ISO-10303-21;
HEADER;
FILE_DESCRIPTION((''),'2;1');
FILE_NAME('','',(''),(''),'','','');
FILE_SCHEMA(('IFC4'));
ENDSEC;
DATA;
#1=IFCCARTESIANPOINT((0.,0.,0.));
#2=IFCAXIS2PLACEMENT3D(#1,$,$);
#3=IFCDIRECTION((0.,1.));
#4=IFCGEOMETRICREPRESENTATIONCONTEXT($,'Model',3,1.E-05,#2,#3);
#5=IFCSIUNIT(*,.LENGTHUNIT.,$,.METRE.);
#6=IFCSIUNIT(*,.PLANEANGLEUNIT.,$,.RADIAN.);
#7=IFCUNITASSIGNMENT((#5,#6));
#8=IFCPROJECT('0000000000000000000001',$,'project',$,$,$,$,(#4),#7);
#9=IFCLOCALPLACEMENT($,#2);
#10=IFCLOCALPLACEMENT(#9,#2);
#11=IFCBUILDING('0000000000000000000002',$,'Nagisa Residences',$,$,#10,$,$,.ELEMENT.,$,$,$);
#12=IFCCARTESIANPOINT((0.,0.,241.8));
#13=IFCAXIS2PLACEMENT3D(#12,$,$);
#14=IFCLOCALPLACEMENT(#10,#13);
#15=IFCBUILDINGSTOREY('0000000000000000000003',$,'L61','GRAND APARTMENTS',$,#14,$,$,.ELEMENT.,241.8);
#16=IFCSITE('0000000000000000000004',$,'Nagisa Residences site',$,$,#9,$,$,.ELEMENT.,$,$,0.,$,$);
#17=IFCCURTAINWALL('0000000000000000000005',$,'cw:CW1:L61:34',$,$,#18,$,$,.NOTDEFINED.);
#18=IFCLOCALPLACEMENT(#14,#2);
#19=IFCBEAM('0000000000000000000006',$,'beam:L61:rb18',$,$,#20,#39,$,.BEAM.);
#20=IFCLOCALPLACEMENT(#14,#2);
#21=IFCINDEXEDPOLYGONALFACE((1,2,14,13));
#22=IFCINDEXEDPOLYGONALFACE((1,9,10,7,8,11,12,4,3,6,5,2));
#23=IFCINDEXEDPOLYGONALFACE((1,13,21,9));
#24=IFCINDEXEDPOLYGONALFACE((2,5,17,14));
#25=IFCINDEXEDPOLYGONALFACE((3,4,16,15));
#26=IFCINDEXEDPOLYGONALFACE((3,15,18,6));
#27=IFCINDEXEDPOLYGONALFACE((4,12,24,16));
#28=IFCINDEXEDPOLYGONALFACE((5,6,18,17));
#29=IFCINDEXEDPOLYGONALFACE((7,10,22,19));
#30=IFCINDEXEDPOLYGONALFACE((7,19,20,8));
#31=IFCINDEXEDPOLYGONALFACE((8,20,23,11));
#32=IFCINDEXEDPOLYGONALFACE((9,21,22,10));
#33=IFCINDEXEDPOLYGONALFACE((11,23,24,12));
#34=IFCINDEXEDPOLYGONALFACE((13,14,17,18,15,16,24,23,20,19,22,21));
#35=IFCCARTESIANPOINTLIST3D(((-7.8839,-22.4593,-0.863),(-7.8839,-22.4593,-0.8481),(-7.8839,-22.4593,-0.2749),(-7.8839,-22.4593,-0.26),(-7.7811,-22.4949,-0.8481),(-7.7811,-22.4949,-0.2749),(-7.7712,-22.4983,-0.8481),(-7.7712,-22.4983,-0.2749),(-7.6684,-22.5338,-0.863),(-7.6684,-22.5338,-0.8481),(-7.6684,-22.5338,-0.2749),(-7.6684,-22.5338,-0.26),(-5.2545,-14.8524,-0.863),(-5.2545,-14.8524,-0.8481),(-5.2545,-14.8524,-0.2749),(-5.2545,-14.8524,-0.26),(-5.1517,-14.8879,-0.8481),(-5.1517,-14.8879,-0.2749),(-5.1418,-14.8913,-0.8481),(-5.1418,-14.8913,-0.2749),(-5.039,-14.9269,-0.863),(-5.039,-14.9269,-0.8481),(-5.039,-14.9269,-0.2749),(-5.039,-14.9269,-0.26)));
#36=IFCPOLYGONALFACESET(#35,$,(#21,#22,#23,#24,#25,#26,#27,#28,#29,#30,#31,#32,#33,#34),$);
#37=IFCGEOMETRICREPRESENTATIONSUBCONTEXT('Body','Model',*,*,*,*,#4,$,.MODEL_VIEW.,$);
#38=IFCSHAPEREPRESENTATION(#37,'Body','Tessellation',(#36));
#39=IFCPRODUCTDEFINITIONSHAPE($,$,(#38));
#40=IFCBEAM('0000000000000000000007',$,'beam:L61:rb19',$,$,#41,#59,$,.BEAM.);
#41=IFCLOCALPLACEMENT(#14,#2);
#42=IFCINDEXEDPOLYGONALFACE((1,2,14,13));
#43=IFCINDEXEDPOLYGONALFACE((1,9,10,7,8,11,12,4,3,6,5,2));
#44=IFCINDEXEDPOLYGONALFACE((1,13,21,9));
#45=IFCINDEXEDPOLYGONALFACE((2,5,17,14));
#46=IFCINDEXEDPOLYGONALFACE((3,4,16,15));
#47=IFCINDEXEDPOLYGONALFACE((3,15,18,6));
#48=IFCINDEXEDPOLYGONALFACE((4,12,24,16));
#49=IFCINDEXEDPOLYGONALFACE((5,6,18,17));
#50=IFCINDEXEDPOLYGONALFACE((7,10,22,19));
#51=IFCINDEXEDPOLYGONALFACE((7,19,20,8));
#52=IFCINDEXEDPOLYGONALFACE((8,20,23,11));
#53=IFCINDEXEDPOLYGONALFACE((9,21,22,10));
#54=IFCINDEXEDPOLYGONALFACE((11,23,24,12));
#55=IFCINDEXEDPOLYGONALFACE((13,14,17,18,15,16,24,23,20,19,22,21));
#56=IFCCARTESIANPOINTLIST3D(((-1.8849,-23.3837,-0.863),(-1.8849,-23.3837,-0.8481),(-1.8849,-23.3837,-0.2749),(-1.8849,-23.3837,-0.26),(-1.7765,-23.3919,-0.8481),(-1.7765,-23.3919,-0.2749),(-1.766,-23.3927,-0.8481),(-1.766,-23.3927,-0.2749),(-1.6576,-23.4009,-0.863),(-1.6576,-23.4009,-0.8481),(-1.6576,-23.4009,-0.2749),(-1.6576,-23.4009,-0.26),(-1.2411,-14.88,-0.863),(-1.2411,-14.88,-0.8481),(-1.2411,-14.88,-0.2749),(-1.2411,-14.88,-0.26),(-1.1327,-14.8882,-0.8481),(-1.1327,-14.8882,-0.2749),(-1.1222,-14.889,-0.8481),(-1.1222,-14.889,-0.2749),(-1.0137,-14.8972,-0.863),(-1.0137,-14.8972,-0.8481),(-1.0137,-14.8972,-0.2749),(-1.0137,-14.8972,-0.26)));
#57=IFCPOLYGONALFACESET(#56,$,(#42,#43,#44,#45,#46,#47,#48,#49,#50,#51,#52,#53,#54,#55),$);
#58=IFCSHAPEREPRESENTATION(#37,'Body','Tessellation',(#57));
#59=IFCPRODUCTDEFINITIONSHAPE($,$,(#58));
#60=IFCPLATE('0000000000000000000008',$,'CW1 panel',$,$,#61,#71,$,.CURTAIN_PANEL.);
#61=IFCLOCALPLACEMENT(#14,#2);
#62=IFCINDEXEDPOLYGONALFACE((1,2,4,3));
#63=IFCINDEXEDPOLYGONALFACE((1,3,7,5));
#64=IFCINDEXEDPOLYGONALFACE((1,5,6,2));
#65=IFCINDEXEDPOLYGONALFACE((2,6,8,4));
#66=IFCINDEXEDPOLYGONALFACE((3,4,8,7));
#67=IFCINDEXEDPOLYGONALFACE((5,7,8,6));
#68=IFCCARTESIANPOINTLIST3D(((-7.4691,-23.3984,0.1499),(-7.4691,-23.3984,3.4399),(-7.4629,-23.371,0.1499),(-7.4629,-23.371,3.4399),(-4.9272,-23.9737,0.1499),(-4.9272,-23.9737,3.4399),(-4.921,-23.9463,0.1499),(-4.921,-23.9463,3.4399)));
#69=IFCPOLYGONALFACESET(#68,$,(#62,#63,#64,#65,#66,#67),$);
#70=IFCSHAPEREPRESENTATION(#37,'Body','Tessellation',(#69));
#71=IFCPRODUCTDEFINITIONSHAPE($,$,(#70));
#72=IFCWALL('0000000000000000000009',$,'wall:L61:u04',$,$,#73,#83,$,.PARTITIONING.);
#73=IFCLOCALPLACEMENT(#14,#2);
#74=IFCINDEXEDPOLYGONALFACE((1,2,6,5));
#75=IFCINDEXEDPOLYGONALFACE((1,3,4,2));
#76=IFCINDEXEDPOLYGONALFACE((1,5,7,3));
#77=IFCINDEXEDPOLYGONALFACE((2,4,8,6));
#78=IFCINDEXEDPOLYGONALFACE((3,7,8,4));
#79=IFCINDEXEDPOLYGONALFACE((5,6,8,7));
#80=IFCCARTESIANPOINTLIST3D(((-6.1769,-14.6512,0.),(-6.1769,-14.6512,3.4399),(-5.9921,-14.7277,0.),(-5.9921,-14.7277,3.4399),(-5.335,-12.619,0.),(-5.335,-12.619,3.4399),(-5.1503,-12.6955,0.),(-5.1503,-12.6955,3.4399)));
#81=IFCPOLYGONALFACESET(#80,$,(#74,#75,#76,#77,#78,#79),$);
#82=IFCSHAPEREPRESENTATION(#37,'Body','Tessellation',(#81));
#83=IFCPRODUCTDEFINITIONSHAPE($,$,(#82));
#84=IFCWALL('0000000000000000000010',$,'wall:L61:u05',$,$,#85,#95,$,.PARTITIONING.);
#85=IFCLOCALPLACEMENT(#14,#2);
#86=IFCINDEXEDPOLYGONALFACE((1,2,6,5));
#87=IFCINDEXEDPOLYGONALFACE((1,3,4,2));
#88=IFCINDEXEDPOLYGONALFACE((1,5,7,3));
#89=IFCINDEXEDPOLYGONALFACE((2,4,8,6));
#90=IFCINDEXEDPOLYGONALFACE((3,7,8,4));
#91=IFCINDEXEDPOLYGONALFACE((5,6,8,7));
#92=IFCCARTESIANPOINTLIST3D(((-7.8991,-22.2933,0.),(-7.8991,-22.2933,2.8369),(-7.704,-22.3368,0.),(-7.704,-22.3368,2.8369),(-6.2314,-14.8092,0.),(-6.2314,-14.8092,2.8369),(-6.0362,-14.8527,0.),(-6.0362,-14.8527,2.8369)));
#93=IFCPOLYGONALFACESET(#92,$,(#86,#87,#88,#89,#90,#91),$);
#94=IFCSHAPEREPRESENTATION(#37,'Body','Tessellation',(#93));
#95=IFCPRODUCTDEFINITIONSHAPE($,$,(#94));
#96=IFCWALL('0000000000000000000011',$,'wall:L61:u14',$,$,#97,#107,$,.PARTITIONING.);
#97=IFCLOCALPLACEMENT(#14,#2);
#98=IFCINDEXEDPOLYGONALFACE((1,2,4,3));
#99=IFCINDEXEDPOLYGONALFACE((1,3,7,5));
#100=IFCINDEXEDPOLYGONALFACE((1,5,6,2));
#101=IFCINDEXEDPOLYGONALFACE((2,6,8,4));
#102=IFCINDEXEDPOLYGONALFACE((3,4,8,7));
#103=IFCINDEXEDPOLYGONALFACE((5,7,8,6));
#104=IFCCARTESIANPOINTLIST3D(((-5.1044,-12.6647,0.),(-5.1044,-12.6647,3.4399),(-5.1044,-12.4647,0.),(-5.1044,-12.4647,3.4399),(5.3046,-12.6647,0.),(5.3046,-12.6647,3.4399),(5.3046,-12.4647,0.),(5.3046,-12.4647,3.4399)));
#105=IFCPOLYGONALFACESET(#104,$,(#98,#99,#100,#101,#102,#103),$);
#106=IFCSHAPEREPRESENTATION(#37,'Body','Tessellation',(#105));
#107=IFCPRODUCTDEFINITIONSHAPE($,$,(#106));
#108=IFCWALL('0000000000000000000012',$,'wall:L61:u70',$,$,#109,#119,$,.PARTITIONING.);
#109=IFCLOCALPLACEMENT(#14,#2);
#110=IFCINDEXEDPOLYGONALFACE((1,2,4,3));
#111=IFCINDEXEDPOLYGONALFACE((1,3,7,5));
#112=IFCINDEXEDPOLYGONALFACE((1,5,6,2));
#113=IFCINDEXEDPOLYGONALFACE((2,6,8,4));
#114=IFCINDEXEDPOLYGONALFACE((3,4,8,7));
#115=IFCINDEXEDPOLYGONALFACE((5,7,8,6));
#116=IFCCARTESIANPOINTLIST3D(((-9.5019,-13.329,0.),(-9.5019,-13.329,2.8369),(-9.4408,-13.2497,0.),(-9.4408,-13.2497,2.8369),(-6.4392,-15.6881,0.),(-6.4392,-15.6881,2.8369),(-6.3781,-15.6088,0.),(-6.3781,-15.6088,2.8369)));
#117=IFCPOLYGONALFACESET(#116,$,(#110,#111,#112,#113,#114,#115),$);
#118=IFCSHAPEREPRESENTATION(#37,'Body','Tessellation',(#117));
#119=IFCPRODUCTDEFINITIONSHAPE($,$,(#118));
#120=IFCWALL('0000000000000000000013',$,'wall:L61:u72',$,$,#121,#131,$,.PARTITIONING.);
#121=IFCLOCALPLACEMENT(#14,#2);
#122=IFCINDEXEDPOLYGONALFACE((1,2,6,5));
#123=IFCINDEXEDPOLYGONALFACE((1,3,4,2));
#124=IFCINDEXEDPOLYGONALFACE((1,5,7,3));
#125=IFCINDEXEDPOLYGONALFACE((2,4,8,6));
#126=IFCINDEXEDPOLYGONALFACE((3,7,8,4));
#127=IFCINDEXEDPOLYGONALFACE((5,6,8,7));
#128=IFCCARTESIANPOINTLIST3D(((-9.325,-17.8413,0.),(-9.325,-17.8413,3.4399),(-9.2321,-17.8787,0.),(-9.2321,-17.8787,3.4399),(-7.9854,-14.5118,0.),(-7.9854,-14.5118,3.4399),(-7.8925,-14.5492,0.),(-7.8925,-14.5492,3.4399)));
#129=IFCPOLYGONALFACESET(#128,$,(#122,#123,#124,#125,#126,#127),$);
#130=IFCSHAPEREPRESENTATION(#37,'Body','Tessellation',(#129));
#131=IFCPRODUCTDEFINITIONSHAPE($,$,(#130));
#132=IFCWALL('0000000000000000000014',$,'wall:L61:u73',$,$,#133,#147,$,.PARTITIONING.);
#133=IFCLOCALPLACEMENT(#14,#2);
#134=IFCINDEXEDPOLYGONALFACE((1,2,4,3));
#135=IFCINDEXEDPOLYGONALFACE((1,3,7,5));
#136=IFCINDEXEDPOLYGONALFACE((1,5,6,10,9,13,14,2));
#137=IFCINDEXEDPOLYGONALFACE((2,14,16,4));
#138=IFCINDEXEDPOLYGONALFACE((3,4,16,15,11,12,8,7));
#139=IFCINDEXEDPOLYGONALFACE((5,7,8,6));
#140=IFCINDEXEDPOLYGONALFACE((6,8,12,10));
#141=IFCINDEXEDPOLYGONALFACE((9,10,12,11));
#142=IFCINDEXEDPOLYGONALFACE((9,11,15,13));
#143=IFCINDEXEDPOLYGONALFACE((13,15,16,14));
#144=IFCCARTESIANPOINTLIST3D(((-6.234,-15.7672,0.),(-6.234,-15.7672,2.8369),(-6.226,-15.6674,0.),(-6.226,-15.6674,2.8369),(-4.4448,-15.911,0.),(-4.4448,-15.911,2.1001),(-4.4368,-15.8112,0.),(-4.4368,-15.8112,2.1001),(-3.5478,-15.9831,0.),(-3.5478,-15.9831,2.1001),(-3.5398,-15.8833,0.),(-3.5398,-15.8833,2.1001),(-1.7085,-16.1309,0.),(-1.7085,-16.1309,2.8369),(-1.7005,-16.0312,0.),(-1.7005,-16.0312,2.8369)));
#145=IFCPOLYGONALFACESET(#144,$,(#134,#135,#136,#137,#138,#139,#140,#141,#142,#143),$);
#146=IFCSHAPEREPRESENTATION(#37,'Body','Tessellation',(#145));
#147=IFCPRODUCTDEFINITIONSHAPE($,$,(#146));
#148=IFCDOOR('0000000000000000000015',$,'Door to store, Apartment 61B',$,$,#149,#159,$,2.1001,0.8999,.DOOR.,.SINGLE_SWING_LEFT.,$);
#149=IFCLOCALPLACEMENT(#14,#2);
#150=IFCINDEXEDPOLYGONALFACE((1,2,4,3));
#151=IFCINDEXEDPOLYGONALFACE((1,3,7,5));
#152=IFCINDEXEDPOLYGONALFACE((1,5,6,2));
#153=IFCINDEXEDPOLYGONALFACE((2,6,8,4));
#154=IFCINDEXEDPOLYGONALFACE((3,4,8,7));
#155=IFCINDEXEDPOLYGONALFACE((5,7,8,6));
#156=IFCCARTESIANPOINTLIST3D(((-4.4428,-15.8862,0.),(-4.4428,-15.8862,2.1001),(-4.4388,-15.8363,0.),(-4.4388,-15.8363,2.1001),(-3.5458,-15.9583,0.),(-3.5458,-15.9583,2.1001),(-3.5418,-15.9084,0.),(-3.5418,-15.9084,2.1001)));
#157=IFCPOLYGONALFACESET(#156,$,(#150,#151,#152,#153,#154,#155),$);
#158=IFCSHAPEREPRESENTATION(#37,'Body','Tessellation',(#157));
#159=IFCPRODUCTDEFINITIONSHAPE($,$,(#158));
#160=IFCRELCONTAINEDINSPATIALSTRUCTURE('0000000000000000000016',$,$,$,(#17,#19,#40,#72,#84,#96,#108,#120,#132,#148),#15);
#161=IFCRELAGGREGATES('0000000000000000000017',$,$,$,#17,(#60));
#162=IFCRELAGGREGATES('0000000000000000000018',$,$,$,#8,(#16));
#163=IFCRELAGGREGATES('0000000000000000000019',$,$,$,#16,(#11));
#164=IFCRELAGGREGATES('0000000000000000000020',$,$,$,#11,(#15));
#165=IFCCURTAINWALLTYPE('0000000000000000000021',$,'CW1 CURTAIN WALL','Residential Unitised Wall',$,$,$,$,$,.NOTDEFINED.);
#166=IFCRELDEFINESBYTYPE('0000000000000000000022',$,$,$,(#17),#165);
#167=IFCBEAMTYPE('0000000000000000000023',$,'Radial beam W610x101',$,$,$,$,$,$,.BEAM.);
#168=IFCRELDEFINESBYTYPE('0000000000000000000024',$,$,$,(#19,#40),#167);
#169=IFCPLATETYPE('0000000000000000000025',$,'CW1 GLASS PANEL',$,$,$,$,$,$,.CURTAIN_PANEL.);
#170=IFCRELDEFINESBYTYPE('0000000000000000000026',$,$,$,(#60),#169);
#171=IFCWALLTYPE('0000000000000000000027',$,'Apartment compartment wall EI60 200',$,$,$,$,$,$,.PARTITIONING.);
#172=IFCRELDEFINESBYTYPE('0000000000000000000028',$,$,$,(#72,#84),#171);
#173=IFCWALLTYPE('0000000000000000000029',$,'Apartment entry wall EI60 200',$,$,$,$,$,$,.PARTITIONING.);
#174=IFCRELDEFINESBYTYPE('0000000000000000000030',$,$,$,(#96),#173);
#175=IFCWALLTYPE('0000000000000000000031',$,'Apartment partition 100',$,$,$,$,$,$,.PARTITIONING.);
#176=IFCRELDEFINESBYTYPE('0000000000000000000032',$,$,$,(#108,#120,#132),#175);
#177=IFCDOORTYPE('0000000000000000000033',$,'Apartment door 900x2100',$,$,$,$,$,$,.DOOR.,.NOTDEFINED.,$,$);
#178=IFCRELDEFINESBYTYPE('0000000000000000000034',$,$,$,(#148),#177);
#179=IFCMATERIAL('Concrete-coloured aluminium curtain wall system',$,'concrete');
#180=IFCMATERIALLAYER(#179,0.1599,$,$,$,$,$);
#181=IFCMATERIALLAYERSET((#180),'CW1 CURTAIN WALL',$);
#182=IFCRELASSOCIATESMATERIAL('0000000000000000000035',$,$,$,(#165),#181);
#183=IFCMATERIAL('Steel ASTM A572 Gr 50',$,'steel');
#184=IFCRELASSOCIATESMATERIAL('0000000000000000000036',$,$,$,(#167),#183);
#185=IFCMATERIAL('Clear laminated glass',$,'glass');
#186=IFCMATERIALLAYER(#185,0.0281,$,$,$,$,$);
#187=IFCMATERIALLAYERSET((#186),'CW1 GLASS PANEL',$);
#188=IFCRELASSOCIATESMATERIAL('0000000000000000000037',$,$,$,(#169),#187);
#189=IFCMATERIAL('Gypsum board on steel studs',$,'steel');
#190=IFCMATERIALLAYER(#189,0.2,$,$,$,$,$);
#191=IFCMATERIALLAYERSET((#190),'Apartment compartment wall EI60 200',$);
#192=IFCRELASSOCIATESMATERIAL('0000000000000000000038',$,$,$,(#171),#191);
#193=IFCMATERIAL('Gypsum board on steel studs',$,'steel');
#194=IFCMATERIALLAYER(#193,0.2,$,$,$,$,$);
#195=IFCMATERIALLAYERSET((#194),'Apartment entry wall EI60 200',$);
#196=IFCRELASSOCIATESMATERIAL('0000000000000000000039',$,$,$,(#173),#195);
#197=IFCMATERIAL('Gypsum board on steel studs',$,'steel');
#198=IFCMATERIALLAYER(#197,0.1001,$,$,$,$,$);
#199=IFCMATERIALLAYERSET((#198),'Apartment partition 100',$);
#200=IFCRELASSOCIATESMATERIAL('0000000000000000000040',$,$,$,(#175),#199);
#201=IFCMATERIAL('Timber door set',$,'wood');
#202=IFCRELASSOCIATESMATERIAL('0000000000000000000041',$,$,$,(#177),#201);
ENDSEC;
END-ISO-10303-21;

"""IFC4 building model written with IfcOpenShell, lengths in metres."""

from ifc_helpers import new_model, si_unit, direction, frame, frame_2d, origin, origin_2d, place, context, subcontext, project, spatial, rectangle, i_section, extrude, material, layer, layer_set, material_profile, profile_set, type_object, element, fill, aggregate, save


model = new_model("IFC4")

# Units and contexts
model_context = context("Model", 3, precision=1e-05, world=origin(), true_north=direction((0.0, 1.0)))
body_context = subcontext(model_context, "Body", "Model", "MODEL_VIEW")
ifc_project = project(units=[si_unit("LENGTHUNIT", "METRE"), si_unit("PLANEANGLEUNIT", "RADIAN")], contexts=[model_context])

# Site, building, storey
site_placement = place(None, origin())
site = spatial("IfcSite", under=ifc_project, at=site_placement, Name="Nagisa Residences site", CompositionType="ELEMENT", RefElevation=0.0)
building_placement = place(site_placement, origin())
building = spatial("IfcBuilding", under=site, at=building_placement, Name="Nagisa Residences", CompositionType="ELEMENT")
storey_placement = place(building_placement, frame((0.0, 0.0, 241.8)))
storey = spatial("IfcBuildingStorey", under=building, at=storey_placement, Name="L61", Description="GRAND APARTMENTS", CompositionType="ELEMENT", Elevation=241.8)

# Curtain wall
ifc_material_1 = material(Name="Concrete-coloured aluminium curtain wall system", Category="concrete")
ifc_layer_1 = layer(ifc_material_1, 0.1599)
ifc_layer_set_1 = layer_set([ifc_layer_1], Name="CW1 CURTAIN WALL")
curtain_wall_type = type_object("IfcCurtainWallType", Name="CW1 CURTAIN WALL", Description="Residential Unitised Wall", PredefinedType="NOTDEFINED", material=ifc_layer_set_1)
curtain_wall_1_placement = place(storey_placement, origin())
curtain_wall_1 = element("IfcCurtainWall", 1, at=curtain_wall_1_placement, inside=storey, type_object=curtain_wall_type, Name="cw:CW1:L61:34", PredefinedType="NOTDEFINED")

# Beams
ifc_material_2 = material(Name="Steel ASTM A572 Gr 50", Category="steel")
ifc_material_profile_1 = material_profile(ifc_material_2, i_section(OverallWidth=0.228, OverallDepth=0.603, WebThickness=0.0105, FlangeThickness=0.0149, at=origin_2d()), Name="W610x101")
ifc_profile_set_1 = profile_set([ifc_material_profile_1], Name="Steel ASTM A572 Gr 50")
beam_type_1 = type_object("IfcBeamType", Name="Radial beam W610x101", PredefinedType="BEAM", material=ifc_profile_set_1)
beam_1_placement = place(storey_placement, frame((-7.7761, -22.4966, -0.5615), z_axis=(0.326692, 0.945131, 0.0), x_axis=(-0.945131, 0.326692, 0.0)))
element("IfcBeam", 2, at=beam_1_placement, inside=storey, type_object=beam_type_1, Name="beam:L61:rb18", PredefinedType="BEAM", context=body_context, shape_type="SweptSolid", body=[
    extrude(i_section(OverallWidth=0.228, OverallDepth=0.603, WebThickness=0.0105, FlangeThickness=0.0149, at=origin_2d()), origin(), (0.0, 0.0, 1.0), 8.0486),
])
beam_2_placement = place(storey_placement, frame((-1.7712, -23.3923, -0.5615), z_axis=(0.075492, 0.997146, 0.0), x_axis=(-0.997146, 0.075492, 0.0)))
element("IfcBeam", 3, at=beam_2_placement, inside=storey, type_object=beam_type_1, Name="beam:L61:rb19", PredefinedType="BEAM", context=body_context, shape_type="SweptSolid", body=[
    extrude(i_section(OverallWidth=0.228, OverallDepth=0.603, WebThickness=0.0105, FlangeThickness=0.0149, at=origin_2d()), origin(), (0.0, 0.0, 1.0), 8.5281),
])

# Plate
ifc_material_3 = material(Name="Clear laminated glass", Category="glass")
ifc_layer_2 = layer(ifc_material_3, 0.0281)
ifc_layer_set_2 = layer_set([ifc_layer_2], Name="CW1 GLASS PANEL")
plate_type = type_object("IfcPlateType", Name="CW1 GLASS PANEL", PredefinedType="CURTAIN_PANEL", material=ifc_layer_set_2)
plate_placement = place(storey_placement, frame((-6.1951, -23.6724, 0.1499), z_axis=(0.0, 0.0, 1.0), x_axis=(0.975327, -0.220764, 0.0)))
plate = element("IfcPlate", 4, at=plate_placement, type_object=plate_type, Name="CW1 panel", PredefinedType="CURTAIN_PANEL", context=body_context, shape_type="SweptSolid", body=[
    extrude(rectangle(XDim=2.6062, YDim=0.0281, at=origin_2d()), origin(), (0.0, 0.0, 1.0), 3.29),
])
aggregate(curtain_wall_1, [plate])

# Walls
ifc_material_4 = material(Name="Gypsum board on steel studs", Category="steel")
ifc_layer_3 = layer(ifc_material_4, 0.2)
ifc_layer_set_3 = layer_set([ifc_layer_3], Name="Apartment compartment wall EI60 200")
wall_type_1 = type_object("IfcWallType", Name="Apartment compartment wall EI60 200", PredefinedType="PARTITIONING", material=ifc_layer_set_3)
wall_1_placement = place(storey_placement, frame((-5.2427, -12.6572, 0.0), z_axis=(0.0, 0.0, 1.0), x_axis=(-0.382692, -0.923876, 0.0)))
element("IfcWall", 5, at=wall_1_placement, inside=storey, type_object=wall_type_1, Name="wall:L61:u04", PredefinedType="PARTITIONING", context=body_context, shape_type="SweptSolid", body=[
    extrude(rectangle(XDim=2.1997, YDim=0.2, at=frame_2d((1.0999, 0.0))), origin(), (0.0, 0.0, 1.0), 3.4399),
])
wall_2_placement = place(storey_placement, frame((-6.1338, -14.8308, 0.0), z_axis=(0.0, 0.0, 1.0), x_axis=(-0.2175, -0.97606, 0.0)))
element("IfcWall", 6, at=wall_2_placement, inside=storey, type_object=wall_type_1, Name="wall:L61:u05", PredefinedType="PARTITIONING", context=body_context, shape_type="SweptSolid", body=[
    extrude(rectangle(XDim=7.6677, YDim=0.2, at=frame_2d((3.834, 0.0))), origin(), (0.0, 0.0, 1.0), 2.8369),
])
ifc_material_5 = material(Name="Gypsum board on steel studs", Category="steel")
ifc_layer_4 = layer(ifc_material_5, 0.2)
ifc_layer_set_4 = layer_set([ifc_layer_4], Name="Apartment entry wall EI60 200")
wall_type_2 = type_object("IfcWallType", Name="Apartment entry wall EI60 200", PredefinedType="PARTITIONING", material=ifc_layer_set_4)
wall_3_placement = place(storey_placement, frame((-5.1045, -12.5647, 0.0), z_axis=(0.0, 0.0, 1.0), x_axis=(1.0, 0.0, 0.0)))
element("IfcWall", 7, at=wall_3_placement, inside=storey, type_object=wall_type_2, Name="wall:L61:u14", PredefinedType="PARTITIONING", context=body_context, shape_type="SweptSolid", body=[
    extrude(rectangle(XDim=10.4089, YDim=0.2, at=frame_2d((5.2046, 0.0))), origin(), (0.0, 0.0, 1.0), 3.4399),
])
ifc_material_6 = material(Name="Gypsum board on steel studs", Category="steel")
ifc_layer_5 = layer(ifc_material_6, 0.1001)
ifc_layer_set_5 = layer_set([ifc_layer_5], Name="Apartment partition 100")
wall_type_3 = type_object("IfcWallType", Name="Apartment partition 100", PredefinedType="PARTITIONING", material=ifc_layer_set_5)
wall_4_placement = place(storey_placement, frame((-9.4714, -13.2893, 0.0), z_axis=(0.0, 0.0, 1.0), x_axis=(0.792227, -0.610226, 0.0)))
element("IfcWall", 8, at=wall_4_placement, inside=storey, type_object=wall_type_3, Name="wall:L61:u70", PredefinedType="PARTITIONING", context=body_context, shape_type="SweptSolid", body=[
    extrude(rectangle(XDim=3.866, YDim=0.1001, at=frame_2d((1.9331, 0.0))), origin(), (0.0, 0.0, 1.0), 2.8369),
])
wall_5_placement = place(storey_placement, frame((-7.939, -14.5305, 0.0), z_axis=(0.0, 0.0, 1.0), x_axis=(-0.373255, -0.927729, 0.0)))
element("IfcWall", 9, at=wall_5_placement, inside=storey, type_object=wall_type_3, Name="wall:L61:u72", PredefinedType="PARTITIONING", context=body_context, shape_type="SweptSolid", body=[
    extrude(rectangle(XDim=3.5889, YDim=0.1001, at=frame_2d((1.7944, 0.0))), origin(), (0.0, 0.0, 1.0), 3.4399),
])

# Wall, opening, door
wall_6_placement = place(storey_placement, frame((-6.23, -15.7173, 0.0), z_axis=(0.0, 0.0, 1.0), x_axis=(0.996785, -0.080126, 0.0)))
wall_6 = element("IfcWall", 10, at=wall_6_placement, inside=storey, type_object=wall_type_3, Name="wall:L61:u73", PredefinedType="PARTITIONING", context=body_context, shape_type="SweptSolid", body=[
    extrude(rectangle(XDim=4.54, YDim=0.1001, at=frame_2d((2.27, 0.0))), origin(), (0.0, 0.0, 1.0), 2.8369),
])
opening_1_placement = place(wall_6_placement, frame((1.7949, 0.0, 0.0)))
opening_1 = element("IfcOpeningElement", 11, at=opening_1_placement, cuts=wall_6, PredefinedType="OPENING", context=body_context, shape_type="SweptSolid", body=[
    extrude(rectangle(XDim=0.8999, YDim=2.1001, at=frame_2d((0.45, 1.05))), frame((0.0, 0.0601, 0.0), z_axis=(0.0, -1.0, 0.0), x_axis=(1.0, 0.0, 0.0)), (0.0, 0.0, 1.0), 0.1201),
])
ifc_material_7 = material(Name="Timber door set", Category="wood")
door_type_1 = type_object("IfcDoorType", Name="Apartment door 900x2100", OperationType="NOTDEFINED", PredefinedType="DOOR", material=ifc_material_7)
door_1_placement = place(opening_1_placement, origin())
door_1 = element("IfcDoor", 12, at=door_1_placement, inside=storey, type_object=door_type_1, Name="Door to store, Apartment 61B", OperationType="SINGLE_SWING_LEFT", OverallHeight=2.1001, OverallWidth=0.8999, PredefinedType="DOOR", context=body_context, shape_type="SweptSolid", body=[
    extrude(rectangle(XDim=0.8999, YDim=2.1001, at=frame_2d((0.45, 1.05))), frame((0.0, 0.0249, 0.0), z_axis=(0.0, -1.0, 0.0), x_axis=(1.0, 0.0, 0.0)), (0.0, 0.0, 1.0), 0.05),
])
fill(opening_1, door_1)

save(model, "model.ifc")
